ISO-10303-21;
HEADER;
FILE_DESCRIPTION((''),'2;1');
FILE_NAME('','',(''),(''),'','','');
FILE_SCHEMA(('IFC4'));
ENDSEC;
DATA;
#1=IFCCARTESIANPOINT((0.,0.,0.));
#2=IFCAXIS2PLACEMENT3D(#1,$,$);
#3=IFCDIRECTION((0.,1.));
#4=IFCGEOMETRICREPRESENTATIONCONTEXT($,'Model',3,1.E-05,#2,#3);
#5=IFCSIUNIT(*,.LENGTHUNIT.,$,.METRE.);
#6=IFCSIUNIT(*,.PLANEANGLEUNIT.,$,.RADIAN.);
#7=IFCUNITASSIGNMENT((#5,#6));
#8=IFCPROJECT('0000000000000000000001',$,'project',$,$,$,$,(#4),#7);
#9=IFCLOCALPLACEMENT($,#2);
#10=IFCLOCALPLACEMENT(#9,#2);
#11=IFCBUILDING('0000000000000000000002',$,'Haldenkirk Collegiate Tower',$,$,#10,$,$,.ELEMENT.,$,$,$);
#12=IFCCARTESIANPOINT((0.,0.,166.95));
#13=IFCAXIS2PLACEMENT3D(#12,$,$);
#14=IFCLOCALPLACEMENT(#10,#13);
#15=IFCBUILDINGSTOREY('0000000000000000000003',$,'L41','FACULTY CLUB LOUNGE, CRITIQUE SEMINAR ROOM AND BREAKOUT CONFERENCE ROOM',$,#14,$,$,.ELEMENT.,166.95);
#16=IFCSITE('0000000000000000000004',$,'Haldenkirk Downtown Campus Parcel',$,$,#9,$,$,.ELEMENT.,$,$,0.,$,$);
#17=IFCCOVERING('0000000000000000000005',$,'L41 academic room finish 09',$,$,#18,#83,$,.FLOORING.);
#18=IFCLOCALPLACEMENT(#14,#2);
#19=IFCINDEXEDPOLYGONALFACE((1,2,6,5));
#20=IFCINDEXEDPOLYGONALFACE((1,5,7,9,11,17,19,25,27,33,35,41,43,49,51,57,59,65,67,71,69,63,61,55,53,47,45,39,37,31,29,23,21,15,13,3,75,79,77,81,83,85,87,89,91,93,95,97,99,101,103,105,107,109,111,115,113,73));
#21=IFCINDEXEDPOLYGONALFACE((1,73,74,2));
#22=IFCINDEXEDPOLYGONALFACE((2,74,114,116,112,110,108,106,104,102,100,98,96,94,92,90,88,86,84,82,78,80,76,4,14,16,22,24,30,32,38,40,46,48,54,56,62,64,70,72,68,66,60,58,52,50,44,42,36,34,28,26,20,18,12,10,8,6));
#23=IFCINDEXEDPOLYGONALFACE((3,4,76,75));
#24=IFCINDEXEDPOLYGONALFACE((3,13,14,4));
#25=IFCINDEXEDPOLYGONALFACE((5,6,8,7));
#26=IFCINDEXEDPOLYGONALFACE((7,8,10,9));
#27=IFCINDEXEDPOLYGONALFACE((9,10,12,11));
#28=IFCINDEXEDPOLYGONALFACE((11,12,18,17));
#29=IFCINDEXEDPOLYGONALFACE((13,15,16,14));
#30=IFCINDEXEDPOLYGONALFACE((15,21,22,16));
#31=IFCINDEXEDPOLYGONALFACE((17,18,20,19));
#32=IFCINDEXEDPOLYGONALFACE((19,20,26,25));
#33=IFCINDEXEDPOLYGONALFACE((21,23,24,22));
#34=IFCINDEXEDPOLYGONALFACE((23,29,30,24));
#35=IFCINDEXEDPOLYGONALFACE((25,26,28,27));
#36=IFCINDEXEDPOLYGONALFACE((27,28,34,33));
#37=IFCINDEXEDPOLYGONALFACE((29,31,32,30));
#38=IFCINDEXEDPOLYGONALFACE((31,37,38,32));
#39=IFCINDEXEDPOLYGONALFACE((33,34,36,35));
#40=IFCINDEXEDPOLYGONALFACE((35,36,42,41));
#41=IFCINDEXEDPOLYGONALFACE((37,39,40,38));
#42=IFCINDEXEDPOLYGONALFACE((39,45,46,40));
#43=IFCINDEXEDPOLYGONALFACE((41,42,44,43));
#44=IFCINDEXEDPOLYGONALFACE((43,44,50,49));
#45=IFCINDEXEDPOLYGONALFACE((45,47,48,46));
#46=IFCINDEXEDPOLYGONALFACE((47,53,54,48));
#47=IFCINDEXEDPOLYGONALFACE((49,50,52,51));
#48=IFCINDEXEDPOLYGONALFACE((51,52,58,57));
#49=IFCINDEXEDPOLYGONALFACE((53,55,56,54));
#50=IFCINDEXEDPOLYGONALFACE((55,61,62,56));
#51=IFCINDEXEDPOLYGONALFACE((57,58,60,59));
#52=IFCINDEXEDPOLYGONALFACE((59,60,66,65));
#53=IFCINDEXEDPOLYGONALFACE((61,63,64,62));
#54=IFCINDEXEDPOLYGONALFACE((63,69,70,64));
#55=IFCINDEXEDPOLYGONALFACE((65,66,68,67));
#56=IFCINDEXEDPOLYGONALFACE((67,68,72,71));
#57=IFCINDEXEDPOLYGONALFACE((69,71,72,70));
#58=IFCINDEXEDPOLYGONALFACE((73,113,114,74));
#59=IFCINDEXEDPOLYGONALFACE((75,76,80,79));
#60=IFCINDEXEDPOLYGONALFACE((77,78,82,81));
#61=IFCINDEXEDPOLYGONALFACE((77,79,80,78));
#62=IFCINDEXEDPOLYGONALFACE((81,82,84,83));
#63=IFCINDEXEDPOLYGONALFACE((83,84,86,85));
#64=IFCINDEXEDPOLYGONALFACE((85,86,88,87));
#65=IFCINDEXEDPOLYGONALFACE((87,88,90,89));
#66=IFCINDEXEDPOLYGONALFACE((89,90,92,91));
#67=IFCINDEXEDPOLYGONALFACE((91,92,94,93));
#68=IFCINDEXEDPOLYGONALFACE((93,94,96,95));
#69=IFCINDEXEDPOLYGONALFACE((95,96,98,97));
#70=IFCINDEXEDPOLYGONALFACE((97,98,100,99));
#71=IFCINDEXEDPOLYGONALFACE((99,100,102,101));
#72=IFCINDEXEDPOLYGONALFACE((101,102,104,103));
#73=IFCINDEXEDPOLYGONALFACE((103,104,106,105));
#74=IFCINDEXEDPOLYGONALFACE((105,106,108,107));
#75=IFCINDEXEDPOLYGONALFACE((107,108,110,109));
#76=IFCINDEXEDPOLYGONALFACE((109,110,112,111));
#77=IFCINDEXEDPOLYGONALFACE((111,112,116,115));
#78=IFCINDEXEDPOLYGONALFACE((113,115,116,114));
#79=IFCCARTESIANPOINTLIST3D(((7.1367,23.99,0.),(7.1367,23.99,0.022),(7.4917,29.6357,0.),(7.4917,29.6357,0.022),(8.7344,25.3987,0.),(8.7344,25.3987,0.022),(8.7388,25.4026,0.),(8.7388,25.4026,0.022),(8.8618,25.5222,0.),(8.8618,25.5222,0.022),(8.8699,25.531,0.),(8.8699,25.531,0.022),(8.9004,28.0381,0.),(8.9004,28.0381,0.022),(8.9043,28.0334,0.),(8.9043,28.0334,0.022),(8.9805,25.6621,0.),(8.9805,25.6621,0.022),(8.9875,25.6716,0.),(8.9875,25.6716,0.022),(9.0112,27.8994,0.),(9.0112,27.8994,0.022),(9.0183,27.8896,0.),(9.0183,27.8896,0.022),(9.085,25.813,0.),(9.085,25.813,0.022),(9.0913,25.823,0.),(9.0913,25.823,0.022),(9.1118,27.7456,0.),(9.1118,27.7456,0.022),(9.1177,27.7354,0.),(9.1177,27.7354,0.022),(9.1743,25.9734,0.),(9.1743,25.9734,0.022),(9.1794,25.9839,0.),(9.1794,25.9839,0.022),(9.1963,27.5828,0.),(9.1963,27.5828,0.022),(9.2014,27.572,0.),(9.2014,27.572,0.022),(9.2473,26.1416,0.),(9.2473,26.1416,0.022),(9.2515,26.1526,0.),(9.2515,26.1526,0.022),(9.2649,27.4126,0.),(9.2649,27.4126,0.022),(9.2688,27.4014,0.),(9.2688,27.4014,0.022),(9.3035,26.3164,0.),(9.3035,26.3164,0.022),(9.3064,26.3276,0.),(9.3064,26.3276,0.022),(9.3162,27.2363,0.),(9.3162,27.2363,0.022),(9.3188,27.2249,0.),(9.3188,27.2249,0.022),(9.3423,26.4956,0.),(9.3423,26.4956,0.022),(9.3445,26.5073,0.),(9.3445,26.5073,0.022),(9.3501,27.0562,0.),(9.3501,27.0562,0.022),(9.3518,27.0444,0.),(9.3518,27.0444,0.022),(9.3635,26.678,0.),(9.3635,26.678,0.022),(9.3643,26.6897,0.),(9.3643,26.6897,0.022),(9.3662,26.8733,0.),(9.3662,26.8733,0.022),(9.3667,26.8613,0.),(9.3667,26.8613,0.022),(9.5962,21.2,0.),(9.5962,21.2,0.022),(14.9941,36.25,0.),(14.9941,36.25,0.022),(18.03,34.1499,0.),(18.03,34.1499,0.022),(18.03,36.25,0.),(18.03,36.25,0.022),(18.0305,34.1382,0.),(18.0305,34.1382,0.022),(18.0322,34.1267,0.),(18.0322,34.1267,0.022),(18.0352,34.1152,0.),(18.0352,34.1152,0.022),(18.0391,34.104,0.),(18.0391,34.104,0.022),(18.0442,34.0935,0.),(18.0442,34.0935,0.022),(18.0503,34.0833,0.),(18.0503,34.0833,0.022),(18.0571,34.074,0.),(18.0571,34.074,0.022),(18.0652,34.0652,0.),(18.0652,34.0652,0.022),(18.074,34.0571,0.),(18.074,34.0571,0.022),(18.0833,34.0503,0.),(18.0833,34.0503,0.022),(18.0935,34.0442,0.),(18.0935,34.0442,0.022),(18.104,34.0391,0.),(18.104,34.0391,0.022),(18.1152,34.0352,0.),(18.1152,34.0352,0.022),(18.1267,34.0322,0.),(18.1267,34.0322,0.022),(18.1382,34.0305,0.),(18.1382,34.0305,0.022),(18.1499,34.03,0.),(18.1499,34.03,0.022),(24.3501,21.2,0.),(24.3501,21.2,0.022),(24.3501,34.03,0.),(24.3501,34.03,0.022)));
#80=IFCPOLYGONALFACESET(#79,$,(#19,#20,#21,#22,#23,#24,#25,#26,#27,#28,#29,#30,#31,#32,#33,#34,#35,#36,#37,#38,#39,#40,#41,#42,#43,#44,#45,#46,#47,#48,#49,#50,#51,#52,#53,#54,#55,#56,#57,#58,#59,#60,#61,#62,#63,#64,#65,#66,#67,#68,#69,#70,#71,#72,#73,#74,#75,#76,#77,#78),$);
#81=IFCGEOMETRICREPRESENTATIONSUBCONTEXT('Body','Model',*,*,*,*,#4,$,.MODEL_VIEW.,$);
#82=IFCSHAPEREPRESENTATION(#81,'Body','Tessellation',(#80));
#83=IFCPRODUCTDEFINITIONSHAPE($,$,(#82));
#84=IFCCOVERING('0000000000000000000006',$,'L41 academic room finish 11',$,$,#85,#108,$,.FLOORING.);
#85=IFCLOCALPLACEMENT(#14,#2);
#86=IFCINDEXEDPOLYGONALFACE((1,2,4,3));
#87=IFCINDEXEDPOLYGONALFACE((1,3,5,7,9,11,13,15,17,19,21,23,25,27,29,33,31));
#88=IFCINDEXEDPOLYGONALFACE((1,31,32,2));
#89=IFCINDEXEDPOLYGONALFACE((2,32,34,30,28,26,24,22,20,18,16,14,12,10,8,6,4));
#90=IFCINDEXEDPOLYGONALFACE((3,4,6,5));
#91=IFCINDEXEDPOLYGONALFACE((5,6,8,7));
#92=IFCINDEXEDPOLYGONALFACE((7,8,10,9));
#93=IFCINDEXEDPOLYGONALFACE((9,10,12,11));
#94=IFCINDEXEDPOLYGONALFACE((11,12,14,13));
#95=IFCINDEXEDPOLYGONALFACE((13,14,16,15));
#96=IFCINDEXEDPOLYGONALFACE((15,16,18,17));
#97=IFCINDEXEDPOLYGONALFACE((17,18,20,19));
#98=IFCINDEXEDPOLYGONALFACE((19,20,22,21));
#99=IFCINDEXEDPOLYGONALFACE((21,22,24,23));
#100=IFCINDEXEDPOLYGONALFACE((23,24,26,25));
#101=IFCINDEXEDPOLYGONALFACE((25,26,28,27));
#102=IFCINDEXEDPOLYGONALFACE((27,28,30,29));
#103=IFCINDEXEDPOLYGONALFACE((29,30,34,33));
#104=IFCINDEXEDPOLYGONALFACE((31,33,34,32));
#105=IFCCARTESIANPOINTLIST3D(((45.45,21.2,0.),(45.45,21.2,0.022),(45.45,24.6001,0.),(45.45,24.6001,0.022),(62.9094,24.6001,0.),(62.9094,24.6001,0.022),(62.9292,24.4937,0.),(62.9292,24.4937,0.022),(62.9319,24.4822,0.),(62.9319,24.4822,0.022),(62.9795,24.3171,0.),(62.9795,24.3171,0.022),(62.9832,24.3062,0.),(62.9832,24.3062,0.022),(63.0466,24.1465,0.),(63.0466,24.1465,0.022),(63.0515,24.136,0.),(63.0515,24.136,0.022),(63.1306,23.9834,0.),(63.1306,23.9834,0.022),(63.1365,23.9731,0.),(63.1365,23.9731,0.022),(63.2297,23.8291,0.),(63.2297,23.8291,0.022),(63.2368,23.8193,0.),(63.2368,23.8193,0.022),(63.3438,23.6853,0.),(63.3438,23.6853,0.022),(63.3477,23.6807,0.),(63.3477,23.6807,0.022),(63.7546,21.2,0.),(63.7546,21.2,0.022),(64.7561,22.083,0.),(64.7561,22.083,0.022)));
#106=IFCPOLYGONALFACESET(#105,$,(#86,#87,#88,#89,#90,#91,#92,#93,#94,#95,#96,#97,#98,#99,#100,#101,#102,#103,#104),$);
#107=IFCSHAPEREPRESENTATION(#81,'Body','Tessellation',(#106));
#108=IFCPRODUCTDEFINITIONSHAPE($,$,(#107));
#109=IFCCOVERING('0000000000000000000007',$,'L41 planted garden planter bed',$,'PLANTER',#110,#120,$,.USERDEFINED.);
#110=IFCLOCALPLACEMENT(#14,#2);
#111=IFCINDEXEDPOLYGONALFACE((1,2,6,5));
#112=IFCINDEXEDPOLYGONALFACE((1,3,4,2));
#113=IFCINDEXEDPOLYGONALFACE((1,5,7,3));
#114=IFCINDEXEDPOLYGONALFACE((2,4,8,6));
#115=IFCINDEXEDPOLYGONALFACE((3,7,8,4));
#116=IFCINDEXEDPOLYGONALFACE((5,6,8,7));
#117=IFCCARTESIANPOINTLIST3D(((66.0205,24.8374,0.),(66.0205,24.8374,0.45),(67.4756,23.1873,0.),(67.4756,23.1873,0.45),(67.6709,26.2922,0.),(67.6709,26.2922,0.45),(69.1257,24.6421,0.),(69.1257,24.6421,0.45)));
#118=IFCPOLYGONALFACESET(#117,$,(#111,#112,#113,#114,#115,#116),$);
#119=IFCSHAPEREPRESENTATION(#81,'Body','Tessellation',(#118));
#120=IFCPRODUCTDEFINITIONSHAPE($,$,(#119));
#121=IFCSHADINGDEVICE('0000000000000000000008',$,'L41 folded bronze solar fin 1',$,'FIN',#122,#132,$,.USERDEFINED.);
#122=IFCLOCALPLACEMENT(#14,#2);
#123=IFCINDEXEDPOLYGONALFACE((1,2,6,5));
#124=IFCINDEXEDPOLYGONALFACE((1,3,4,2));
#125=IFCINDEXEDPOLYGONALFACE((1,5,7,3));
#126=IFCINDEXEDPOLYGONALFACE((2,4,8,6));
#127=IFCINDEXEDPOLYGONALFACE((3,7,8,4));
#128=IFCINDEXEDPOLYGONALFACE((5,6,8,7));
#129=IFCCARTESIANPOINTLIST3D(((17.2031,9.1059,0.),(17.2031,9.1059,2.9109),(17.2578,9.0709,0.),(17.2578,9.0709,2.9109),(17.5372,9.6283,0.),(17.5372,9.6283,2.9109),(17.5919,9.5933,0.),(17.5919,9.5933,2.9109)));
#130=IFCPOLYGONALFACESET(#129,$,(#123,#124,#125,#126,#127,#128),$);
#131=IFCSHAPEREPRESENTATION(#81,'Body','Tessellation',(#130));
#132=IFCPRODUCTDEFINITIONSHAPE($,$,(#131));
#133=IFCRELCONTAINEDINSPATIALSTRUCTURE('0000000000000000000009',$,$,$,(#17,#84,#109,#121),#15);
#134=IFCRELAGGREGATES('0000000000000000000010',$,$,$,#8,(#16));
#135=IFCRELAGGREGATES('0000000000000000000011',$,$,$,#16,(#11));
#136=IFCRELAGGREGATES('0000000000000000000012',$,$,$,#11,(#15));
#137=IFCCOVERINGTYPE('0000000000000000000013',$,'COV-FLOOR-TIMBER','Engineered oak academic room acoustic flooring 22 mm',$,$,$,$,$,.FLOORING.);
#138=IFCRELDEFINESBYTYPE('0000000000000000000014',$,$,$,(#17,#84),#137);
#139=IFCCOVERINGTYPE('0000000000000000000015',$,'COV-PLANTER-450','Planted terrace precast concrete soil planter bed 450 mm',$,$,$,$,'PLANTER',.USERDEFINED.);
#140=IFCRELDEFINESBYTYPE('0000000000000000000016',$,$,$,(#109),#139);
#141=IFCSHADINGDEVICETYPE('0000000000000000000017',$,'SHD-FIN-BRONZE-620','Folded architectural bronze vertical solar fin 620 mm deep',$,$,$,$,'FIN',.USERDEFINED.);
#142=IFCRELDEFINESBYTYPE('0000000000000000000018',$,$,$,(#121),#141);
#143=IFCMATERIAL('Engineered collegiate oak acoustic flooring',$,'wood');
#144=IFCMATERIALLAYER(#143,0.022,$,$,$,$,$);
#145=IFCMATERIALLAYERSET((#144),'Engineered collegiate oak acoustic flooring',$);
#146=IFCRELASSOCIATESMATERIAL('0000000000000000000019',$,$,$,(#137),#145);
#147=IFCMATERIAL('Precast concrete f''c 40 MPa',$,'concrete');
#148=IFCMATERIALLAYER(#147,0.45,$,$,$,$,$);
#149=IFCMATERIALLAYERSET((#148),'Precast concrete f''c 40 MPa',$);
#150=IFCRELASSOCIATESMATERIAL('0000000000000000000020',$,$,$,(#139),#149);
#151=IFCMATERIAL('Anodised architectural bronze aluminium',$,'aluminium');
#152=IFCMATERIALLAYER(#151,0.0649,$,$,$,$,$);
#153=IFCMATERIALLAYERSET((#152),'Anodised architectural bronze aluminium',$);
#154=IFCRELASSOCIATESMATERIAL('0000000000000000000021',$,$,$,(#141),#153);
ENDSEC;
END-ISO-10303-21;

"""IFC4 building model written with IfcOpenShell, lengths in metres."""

from ifc_helpers import new_model, si_unit, direction, frame, origin, origin_2d, place, context, subcontext, project, spatial, polyline, rectangle, outline, extrude, source, transform, mapped, material, layer, layer_set, type_object, element, save


model = new_model("IFC4")

# Units and contexts
model_context = context("Model", 3, precision=1e-05, world=origin(), true_north=direction((0.0, 1.0)))
body_context = subcontext(model_context, "Body", "Model", "MODEL_VIEW")
ifc_project = project(units=[si_unit("LENGTHUNIT", "METRE"), si_unit("PLANEANGLEUNIT", "RADIAN")], contexts=[model_context])

# Site, building, storey
site_placement = place(None, origin())
site = spatial("IfcSite", under=ifc_project, at=site_placement, Name="Haldenkirk Downtown Campus Parcel", CompositionType="ELEMENT", RefElevation=0.0)
building_placement = place(site_placement, origin())
building = spatial("IfcBuilding", under=site, at=building_placement, Name="Haldenkirk Collegiate Tower", CompositionType="ELEMENT")
storey_placement = place(building_placement, frame((0.0, 0.0, 166.95)))
storey = spatial("IfcBuildingStorey", under=building, at=storey_placement, Name="L41", Description="FACULTY CLUB LOUNGE, CRITIQUE SEMINAR ROOM AND BREAKOUT CONFERENCE ROOM", CompositionType="ELEMENT", Elevation=166.95)

# Shared definitions
ifc_material_1 = material(Name="Anodised architectural bronze aluminium", Category="aluminium")

# Coverings
ifc_material_2 = material(Name="Engineered collegiate oak acoustic flooring", Category="wood")
ifc_layer_1 = layer(ifc_material_2, 0.022)
ifc_layer_set_1 = layer_set([ifc_layer_1], Name="Engineered collegiate oak acoustic flooring")
covering_type_1 = type_object("IfcCoveringType", Name="COV-FLOOR-TIMBER", Description="Engineered oak academic room acoustic flooring 22 mm", PredefinedType="FLOORING", material=ifc_layer_set_1)
covering_1_placement = place(storey_placement, origin())
element("IfcCovering", 1, at=covering_1_placement, inside=storey, type_object=covering_type_1, Name="L41 academic room finish 09", PredefinedType="FLOORING", context=body_context, shape_type="SweptSolid", body=[
    extrude(outline(polyline([(8.7344, 25.3987), (8.7388, 25.4026), (8.8618, 25.5222), (8.8699, 25.531), (8.9805, 25.6621), (8.9875, 25.6716), (9.085, 25.813), (9.0913, 25.823), (9.1743, 25.9734), (9.1794, 25.9839), (9.2473, 26.1416), (9.2515, 26.1526), (9.3035, 26.3164), (9.3064, 26.3276), (9.3423, 26.4956), (9.3445, 26.5073), (9.3635, 26.678), (9.3643, 26.6897), (9.3667, 26.8613), (9.3662, 26.8733), (9.3518, 27.0444), (9.3501, 27.0562), (9.3188, 27.2249), (9.3162, 27.2363), (9.2688, 27.4014), (9.2649, 27.4126), (9.2014, 27.572), (9.1963, 27.5828), (9.1177, 27.7354), (9.1118, 27.7456), (9.0183, 27.8896), (9.0112, 27.8994), (8.9043, 28.0334), (8.9004, 28.0381), (7.4917, 29.6357), (14.9941, 36.25), (18.03, 36.25), (18.03, 34.1499), (18.0305, 34.1382), (18.0322, 34.1267), (18.0352, 34.1152), (18.0391, 34.104), (18.0442, 34.0935), (18.0503, 34.0833), (18.0571, 34.074), (18.0652, 34.0652), (18.074, 34.0571), (18.0833, 34.0503), (18.0935, 34.0442), (18.104, 34.0391), (18.1152, 34.0352), (18.1267, 34.0322), (18.1382, 34.0305), (18.1499, 34.03), (24.3501, 34.03), (24.3501, 21.2), (9.5962, 21.2), (7.1367, 23.99), (8.7344, 25.3987)])), origin(), (0.0, 0.0, 1.0), 0.022),
])
covering_2_placement = place(storey_placement, origin())
element("IfcCovering", 2, at=covering_2_placement, inside=storey, type_object=covering_type_1, Name="L41 academic room finish 11", PredefinedType="FLOORING", context=body_context, shape_type="SweptSolid", body=[
    extrude(outline(polyline([(62.9094, 24.6001), (62.9292, 24.4937), (62.9319, 24.4822), (62.9795, 24.3171), (62.9832, 24.3062), (63.0466, 24.1465), (63.0515, 24.136), (63.1306, 23.9834), (63.1365, 23.9731), (63.2297, 23.8291), (63.2368, 23.8193), (63.3438, 23.6853), (63.3477, 23.6807), (64.7561, 22.083), (63.7546, 21.2), (45.45, 21.2), (45.45, 24.6001), (62.9094, 24.6001)])), origin(), (0.0, 0.0, 1.0), 0.022),
])
ifc_material_3 = material(Name="Precast concrete f'c 40 MPa", Category="concrete")
ifc_layer_2 = layer(ifc_material_3, 0.45)
ifc_layer_set_2 = layer_set([ifc_layer_2], Name="Precast concrete f'c 40 MPa")
covering_type_2 = type_object("IfcCoveringType", Name="COV-PLANTER-450", Description="Planted terrace precast concrete soil planter bed 450 mm", ElementType="PLANTER", PredefinedType="USERDEFINED", material=ifc_layer_set_2)
covering_3_placement = place(storey_placement, origin())
element("IfcCovering", 3, at=covering_3_placement, inside=storey, type_object=covering_type_2, Name="L41 planted garden planter bed", ObjectType="PLANTER", PredefinedType="USERDEFINED", context=body_context, shape_type="SweptSolid", body=[
    extrude(outline(polyline([(67.4756, 23.1873), (66.0205, 24.8374), (67.6709, 26.2922), (69.1257, 24.6421), (67.4756, 23.1873)])), origin(), (0.0, 0.0, 1.0), 0.45),
])

# Shading device
ifc_layer_3 = layer(ifc_material_1, 0.0649)
ifc_layer_set_3 = layer_set([ifc_layer_3], Name="Anodised architectural bronze aluminium")
shading_device_type = type_object("IfcShadingDeviceType", Name="SHD-FIN-BRONZE-620", Description="Folded architectural bronze vertical solar fin 620 mm deep", ElementType="FIN", PredefinedType="USERDEFINED", material=ifc_layer_set_3)
shared_shape_1 = source(origin(), body_context, "Body", "SweptSolid", [
    extrude(rectangle(XDim=0.6201, YDim=0.0649, at=origin_2d()), origin(), (0.0, 0.0, 1.0), 2.9109),
])
shading_device_placement = place(storey_placement, frame((17.3975, 9.3496, 0.0), z_axis=(0.0, 0.0, 1.0), x_axis=(-0.538771, -0.842452, 0.0)))
element("IfcShadingDevice", 4, at=shading_device_placement, inside=storey, type_object=shading_device_type, Name="L41 folded bronze solar fin 1", ObjectType="FIN", PredefinedType="USERDEFINED", context=body_context, shape_type="MappedRepresentation", body=[
    mapped(shared_shape_1, transform((0.0, 0.0, 0.0), x_axis=(1.0, 0.0, 0.0), y_axis=(0.0, 1.0, 0.0), z_axis=(0.0, 0.0, 1.0), scale=1.0)),
])

save(model, "model.ifc")
